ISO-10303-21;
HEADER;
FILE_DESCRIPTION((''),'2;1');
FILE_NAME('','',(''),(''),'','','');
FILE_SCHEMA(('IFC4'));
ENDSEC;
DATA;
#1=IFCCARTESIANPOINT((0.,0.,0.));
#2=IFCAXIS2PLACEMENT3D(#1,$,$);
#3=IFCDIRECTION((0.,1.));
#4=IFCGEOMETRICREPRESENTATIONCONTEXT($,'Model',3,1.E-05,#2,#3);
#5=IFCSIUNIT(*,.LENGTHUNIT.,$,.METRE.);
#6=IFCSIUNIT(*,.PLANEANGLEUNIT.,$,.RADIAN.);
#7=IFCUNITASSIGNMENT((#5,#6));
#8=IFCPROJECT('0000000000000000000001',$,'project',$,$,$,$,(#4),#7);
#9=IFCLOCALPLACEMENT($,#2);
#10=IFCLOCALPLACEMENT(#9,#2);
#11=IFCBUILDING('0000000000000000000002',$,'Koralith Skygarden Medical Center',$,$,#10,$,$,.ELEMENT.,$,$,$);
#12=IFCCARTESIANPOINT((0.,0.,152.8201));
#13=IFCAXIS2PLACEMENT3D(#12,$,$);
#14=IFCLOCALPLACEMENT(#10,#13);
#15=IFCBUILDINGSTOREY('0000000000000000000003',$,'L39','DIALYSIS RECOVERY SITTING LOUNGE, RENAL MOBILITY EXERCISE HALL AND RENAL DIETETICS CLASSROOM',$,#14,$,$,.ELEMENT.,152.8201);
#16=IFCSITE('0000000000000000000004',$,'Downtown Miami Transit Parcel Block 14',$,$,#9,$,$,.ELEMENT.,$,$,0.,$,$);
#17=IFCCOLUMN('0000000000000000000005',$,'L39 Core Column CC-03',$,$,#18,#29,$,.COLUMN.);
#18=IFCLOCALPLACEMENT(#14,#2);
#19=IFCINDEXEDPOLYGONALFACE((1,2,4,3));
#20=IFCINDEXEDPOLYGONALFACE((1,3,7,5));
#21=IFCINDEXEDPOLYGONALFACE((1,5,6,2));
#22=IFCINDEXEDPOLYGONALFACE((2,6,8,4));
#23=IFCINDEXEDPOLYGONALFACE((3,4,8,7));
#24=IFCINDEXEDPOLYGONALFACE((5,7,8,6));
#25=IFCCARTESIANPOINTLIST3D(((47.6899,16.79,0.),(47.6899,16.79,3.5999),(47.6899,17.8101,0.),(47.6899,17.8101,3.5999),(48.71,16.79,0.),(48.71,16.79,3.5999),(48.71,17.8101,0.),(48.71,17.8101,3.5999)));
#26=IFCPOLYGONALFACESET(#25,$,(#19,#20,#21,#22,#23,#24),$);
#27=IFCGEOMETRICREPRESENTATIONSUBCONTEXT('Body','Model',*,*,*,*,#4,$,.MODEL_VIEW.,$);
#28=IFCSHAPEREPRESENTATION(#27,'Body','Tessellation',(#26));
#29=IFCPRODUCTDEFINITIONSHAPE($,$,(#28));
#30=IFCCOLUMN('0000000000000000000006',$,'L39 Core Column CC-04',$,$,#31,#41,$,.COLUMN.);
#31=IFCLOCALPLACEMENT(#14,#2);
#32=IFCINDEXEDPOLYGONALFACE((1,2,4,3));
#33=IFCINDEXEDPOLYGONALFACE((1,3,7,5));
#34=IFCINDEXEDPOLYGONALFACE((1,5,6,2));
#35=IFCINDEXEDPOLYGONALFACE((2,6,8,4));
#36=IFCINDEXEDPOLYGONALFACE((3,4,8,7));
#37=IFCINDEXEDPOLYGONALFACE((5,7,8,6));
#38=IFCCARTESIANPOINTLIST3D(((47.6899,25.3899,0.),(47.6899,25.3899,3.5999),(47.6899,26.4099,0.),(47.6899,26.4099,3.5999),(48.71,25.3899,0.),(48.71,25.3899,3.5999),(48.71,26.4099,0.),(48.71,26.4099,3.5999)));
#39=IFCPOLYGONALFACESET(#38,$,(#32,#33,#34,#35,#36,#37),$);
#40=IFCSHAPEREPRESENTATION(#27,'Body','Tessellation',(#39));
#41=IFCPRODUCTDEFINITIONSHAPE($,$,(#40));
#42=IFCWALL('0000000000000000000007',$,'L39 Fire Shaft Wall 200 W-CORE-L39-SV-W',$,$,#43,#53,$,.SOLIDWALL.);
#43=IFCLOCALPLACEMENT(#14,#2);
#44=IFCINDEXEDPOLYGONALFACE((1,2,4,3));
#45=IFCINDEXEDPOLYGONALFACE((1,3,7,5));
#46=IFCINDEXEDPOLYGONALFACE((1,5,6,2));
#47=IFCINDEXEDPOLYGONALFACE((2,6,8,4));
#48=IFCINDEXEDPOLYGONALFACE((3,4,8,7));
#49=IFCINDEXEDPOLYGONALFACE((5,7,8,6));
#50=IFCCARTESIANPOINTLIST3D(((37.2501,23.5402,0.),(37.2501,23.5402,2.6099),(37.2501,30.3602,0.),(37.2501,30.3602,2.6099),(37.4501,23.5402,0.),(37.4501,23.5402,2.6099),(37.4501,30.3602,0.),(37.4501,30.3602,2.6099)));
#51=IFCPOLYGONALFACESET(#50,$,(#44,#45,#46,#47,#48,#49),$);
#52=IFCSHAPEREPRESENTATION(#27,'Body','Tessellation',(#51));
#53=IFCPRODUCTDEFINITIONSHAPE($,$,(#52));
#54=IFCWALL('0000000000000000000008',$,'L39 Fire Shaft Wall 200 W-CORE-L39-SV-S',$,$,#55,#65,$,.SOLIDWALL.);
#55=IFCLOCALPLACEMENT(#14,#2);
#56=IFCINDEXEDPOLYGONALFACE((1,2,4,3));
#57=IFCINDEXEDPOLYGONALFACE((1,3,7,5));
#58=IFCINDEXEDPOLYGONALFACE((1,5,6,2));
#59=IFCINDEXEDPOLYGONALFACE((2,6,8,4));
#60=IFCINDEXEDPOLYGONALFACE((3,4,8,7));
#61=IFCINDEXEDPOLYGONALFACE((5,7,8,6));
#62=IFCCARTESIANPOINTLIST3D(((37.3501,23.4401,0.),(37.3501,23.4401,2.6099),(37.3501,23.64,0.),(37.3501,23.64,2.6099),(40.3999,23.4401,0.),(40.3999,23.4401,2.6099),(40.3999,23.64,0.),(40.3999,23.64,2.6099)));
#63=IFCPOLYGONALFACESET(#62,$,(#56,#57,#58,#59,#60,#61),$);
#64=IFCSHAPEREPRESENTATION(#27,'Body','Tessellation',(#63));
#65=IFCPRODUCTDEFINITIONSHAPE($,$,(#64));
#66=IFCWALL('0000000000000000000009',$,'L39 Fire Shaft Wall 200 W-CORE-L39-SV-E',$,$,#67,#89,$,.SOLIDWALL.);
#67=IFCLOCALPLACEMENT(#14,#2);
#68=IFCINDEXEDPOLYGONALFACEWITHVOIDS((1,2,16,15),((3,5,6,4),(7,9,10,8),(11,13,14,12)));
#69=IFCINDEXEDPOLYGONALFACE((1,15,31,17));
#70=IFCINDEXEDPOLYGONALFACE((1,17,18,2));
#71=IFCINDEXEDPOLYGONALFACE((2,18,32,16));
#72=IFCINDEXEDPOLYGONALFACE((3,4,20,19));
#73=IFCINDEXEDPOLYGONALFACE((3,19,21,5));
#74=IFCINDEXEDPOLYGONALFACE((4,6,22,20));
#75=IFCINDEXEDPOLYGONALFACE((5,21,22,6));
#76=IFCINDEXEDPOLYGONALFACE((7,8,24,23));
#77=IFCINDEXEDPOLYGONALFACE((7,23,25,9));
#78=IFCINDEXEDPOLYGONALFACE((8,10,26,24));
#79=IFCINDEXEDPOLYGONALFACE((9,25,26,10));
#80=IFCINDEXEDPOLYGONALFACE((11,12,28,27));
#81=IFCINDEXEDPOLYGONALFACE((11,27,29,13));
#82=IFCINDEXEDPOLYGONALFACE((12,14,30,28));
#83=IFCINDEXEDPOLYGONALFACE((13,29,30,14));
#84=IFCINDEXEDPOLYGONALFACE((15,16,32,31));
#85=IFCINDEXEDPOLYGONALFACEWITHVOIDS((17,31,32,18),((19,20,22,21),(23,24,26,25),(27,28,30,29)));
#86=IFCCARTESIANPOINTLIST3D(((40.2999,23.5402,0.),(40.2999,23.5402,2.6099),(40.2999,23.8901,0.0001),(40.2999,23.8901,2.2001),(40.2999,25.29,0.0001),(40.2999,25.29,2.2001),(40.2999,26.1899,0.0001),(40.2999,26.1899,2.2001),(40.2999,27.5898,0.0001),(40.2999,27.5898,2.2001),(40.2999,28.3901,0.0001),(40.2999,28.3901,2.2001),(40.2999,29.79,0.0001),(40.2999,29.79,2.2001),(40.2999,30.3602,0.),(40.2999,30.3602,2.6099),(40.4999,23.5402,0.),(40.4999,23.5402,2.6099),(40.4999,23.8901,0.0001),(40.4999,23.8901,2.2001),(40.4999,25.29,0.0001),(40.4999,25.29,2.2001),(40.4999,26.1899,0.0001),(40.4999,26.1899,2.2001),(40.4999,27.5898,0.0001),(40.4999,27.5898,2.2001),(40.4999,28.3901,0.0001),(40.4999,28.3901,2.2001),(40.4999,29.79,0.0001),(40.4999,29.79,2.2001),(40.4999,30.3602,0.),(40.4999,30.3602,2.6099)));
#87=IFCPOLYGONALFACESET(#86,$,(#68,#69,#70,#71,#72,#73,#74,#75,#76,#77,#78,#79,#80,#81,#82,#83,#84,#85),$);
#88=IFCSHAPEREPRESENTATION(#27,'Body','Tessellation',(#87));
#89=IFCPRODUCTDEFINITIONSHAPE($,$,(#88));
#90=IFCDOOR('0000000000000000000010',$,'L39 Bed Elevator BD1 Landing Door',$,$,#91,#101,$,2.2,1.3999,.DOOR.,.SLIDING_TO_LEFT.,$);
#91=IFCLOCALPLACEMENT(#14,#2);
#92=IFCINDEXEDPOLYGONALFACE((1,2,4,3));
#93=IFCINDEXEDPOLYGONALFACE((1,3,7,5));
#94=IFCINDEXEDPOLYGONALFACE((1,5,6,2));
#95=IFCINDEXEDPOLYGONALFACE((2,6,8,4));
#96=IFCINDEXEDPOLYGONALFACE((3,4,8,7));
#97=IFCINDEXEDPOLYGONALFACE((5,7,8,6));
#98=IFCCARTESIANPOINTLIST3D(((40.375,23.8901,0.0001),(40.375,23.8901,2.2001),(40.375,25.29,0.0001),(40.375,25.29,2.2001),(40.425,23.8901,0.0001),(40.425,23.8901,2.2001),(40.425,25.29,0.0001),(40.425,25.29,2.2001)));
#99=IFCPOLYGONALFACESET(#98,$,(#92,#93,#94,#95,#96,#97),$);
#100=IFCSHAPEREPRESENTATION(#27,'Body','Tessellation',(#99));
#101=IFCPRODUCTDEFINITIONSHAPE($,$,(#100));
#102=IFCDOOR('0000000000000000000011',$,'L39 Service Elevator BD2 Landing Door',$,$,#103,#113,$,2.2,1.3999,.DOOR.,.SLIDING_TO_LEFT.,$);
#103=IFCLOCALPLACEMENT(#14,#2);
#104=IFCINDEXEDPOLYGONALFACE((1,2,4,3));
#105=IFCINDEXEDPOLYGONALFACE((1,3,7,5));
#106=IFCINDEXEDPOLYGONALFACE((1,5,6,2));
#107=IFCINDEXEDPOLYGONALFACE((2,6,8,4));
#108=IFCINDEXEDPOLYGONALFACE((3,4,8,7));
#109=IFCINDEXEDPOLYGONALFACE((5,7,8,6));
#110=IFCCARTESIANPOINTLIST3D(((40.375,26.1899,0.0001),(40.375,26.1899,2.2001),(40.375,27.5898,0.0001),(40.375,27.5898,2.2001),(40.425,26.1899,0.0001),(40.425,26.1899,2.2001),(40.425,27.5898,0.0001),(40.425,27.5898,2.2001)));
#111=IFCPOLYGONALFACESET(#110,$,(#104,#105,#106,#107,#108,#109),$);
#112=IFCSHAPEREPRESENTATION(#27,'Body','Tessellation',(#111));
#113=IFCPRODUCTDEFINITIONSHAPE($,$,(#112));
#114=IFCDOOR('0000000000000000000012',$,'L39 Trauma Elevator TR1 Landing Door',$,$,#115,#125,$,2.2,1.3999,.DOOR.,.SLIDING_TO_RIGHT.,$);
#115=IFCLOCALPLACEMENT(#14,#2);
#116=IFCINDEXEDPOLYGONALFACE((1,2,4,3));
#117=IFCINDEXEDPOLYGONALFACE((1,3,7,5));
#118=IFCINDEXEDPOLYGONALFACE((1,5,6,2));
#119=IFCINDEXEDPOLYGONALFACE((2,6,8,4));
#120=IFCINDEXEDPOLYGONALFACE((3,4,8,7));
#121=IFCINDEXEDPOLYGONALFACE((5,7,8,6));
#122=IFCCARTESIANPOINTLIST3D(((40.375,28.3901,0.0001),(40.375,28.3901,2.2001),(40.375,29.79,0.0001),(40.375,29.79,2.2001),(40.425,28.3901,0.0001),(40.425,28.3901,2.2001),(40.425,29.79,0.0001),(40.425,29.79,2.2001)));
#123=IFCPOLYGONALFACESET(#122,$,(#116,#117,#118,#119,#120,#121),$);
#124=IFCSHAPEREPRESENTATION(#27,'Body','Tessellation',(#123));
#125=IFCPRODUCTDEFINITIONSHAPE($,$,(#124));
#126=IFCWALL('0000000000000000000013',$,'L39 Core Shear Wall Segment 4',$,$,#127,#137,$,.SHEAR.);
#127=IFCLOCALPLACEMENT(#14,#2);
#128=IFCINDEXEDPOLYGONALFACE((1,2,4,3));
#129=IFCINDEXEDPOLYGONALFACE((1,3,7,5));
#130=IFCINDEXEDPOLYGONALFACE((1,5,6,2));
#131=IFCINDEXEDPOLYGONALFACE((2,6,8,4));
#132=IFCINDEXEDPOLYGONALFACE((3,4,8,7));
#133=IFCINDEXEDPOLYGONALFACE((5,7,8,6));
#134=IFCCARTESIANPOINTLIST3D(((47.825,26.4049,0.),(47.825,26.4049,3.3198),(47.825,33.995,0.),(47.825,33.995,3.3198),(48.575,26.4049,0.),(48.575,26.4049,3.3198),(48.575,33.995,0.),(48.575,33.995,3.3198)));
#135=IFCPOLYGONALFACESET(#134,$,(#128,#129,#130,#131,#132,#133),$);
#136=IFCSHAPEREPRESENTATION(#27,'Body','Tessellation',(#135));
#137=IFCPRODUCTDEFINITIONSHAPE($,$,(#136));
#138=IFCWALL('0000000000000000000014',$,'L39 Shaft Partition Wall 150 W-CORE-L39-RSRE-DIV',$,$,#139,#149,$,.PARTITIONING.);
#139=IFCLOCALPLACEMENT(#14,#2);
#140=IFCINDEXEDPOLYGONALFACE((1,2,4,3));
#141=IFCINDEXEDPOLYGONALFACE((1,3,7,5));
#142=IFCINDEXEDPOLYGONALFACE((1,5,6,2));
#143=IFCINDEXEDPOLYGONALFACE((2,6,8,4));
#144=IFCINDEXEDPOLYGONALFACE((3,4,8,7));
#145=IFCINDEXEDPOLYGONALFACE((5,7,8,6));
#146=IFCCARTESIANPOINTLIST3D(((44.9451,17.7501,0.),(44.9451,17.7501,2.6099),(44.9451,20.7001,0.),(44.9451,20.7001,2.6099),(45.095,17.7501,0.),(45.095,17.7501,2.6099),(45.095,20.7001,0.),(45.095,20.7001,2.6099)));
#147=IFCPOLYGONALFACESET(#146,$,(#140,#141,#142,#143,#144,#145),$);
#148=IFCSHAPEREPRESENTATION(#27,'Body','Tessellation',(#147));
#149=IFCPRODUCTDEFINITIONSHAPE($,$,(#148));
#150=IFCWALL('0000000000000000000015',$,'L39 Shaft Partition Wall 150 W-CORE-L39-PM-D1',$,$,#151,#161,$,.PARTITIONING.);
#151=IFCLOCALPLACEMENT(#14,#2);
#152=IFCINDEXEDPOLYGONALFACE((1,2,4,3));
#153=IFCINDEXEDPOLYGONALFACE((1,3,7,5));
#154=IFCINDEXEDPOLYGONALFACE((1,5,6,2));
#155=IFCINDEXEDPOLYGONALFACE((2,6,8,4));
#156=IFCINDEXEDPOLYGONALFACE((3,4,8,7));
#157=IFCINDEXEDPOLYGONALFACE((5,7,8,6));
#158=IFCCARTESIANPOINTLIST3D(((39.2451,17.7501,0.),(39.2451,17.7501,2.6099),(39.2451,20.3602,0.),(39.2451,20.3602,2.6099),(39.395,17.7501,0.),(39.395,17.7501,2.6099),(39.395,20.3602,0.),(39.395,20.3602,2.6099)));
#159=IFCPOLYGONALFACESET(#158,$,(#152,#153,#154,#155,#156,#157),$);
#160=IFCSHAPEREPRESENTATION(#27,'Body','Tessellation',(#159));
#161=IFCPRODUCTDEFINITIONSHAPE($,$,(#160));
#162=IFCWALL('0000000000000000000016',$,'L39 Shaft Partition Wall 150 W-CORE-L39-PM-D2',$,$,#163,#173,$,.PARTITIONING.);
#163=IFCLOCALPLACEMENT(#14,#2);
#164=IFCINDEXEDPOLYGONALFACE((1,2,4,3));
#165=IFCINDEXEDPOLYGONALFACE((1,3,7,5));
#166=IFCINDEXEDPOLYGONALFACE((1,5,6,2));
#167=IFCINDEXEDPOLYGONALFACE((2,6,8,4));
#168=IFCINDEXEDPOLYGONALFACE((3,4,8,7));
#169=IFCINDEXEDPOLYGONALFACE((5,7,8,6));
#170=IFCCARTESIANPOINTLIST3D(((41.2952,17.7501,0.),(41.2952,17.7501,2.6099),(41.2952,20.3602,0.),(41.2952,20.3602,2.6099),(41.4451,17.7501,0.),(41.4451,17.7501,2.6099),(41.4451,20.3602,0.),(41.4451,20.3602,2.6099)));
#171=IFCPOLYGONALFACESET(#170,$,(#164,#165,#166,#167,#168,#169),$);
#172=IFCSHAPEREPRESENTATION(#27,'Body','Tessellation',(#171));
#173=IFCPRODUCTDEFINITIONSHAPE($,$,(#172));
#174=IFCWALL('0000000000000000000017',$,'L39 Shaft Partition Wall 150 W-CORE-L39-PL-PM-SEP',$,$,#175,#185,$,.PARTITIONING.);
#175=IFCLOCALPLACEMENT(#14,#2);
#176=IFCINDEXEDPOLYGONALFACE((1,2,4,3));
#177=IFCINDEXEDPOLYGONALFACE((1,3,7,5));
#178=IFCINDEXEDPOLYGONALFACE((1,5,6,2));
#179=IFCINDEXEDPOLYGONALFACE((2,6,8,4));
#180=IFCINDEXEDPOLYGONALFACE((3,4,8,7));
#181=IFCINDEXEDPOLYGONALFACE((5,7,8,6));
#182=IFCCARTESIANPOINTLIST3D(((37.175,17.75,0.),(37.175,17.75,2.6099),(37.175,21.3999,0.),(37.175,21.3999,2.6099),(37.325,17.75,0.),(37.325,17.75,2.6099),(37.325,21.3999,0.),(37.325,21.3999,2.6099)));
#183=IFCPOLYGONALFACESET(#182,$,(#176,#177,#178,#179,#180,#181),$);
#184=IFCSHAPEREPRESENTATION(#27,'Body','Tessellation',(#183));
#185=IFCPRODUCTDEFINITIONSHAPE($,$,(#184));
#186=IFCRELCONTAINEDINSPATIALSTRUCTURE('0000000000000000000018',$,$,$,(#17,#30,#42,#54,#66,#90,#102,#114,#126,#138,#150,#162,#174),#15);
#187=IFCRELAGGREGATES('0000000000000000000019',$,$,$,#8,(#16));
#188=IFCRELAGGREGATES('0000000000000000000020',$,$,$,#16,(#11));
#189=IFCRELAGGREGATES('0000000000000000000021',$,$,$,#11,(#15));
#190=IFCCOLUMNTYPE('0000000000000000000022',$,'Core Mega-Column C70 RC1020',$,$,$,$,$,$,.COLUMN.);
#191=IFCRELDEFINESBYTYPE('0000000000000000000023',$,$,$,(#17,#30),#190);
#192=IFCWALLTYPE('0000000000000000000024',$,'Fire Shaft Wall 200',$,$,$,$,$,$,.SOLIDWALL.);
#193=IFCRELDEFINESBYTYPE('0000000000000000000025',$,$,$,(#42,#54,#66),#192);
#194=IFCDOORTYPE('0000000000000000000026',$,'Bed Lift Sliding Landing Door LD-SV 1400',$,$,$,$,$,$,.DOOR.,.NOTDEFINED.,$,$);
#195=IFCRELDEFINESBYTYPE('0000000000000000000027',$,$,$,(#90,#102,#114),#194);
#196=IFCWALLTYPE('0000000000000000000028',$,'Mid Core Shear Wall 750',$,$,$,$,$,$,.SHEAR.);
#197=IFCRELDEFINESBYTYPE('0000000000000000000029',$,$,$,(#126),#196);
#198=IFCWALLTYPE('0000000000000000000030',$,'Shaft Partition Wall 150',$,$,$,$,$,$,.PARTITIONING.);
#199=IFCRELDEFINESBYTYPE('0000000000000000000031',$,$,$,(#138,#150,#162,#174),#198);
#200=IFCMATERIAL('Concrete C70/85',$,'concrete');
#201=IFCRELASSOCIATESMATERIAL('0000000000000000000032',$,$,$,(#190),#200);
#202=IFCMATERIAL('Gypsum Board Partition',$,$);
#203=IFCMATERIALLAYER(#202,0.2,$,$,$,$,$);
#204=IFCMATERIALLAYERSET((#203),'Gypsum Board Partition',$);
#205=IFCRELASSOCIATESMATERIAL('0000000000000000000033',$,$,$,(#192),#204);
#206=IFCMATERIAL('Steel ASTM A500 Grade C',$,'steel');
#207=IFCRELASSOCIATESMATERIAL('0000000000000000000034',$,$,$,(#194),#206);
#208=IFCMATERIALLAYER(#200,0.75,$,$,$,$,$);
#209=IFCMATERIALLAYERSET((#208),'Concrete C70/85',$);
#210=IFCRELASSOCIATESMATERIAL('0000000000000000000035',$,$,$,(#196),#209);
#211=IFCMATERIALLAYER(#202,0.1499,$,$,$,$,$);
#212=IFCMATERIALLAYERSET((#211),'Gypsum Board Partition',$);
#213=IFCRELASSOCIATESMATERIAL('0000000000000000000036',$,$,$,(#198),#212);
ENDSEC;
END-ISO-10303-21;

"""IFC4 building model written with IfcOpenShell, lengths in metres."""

from ifc_helpers import new_model, si_unit, direction, frame, frame_2d, origin, origin_2d, place, context, subcontext, project, spatial, rectangle, extrude, material, layer, layer_set, material_profile, profile_set, type_object, element, fill, save


model = new_model("IFC4")

# Units and contexts
model_context = context("Model", 3, precision=1e-05, world=origin(), true_north=direction((0.0, 1.0)))
body_context = subcontext(model_context, "Body", "Model", "MODEL_VIEW")
ifc_project = project(units=[si_unit("LENGTHUNIT", "METRE"), si_unit("PLANEANGLEUNIT", "RADIAN")], contexts=[model_context])

# Site, building, storey
site_placement = place(None, origin())
site = spatial("IfcSite", under=ifc_project, at=site_placement, Name="Downtown Miami Transit Parcel Block 14", CompositionType="ELEMENT", RefElevation=0.0)
building_placement = place(site_placement, origin())
building = spatial("IfcBuilding", under=site, at=building_placement, Name="Koralith Skygarden Medical Center", CompositionType="ELEMENT")
storey_placement = place(building_placement, frame((0.0, 0.0, 152.8201)))
storey = spatial("IfcBuildingStorey", under=building, at=storey_placement, Name="L39", Description="DIALYSIS RECOVERY SITTING LOUNGE, RENAL MOBILITY EXERCISE HALL AND RENAL DIETETICS CLASSROOM", CompositionType="ELEMENT", Elevation=152.8201)

# Columns
ifc_material_1 = material(Name="Concrete C70/85", Category="concrete")
ifc_material_profile = material_profile(ifc_material_1, rectangle(XDim=1.02, YDim=1.02, at=origin_2d()), Name="RC1020X1020")
ifc_profile_set = profile_set([ifc_material_profile], Name="Concrete C70/85")
column_type = type_object("IfcColumnType", Name="Core Mega-Column C70 RC1020", PredefinedType="COLUMN", material=ifc_profile_set)
for number, where, z_axis, x_axis, name in (
    (1, (48.2, 17.3, 0.0), (0.0, 0.0, 1.0), (1.0, 0.0, 0.0), "L39 Core Column CC-03"),
    (2, (48.2, 25.8999, 0.0), (0.0, 0.0, 1.0), (1.0, 0.0, 0.0), "L39 Core Column CC-04"),
):
    element("IfcColumn", number, at=place(storey_placement, frame(where, z_axis=z_axis, x_axis=x_axis)), inside=storey, type_object=column_type, Name=name, PredefinedType="COLUMN", context=body_context, shape_type="SweptSolid", body=[
        extrude(rectangle(XDim=1.02, YDim=1.02, at=origin_2d()), origin(), (0.0, 0.0, 1.0), 3.5999),
    ])

# Shared definitions
ifc_material_2 = material(Name="Gypsum Board Partition")
ifc_layer_1 = layer(ifc_material_2, 0.2)
ifc_layer_set_1 = layer_set([ifc_layer_1], Name="Gypsum Board Partition")
wall_type_1 = type_object("IfcWallType", Name="Fire Shaft Wall 200", PredefinedType="SOLIDWALL", material=ifc_layer_set_1)
ifc_material_3 = material(Name="Steel ASTM A500 Grade C", Category="steel")

# Walls
wall_1_placement = place(storey_placement, frame((37.3501, 23.54, 0.0), z_axis=(0.0, 0.0, 1.0), x_axis=(0.0, 1.0, 0.0)))
element("IfcWall", 3, at=wall_1_placement, inside=storey, type_object=wall_type_1, Name="L39 Fire Shaft Wall 200 W-CORE-L39-SV-W", PredefinedType="SOLIDWALL", context=body_context, shape_type="SweptSolid", body=[
    extrude(rectangle(XDim=6.8201, YDim=0.2, at=frame_2d((3.4102, 0.0))), origin(), (0.0, 0.0, 1.0), 2.6099),
])
wall_2_placement = place(storey_placement, frame((37.3501, 23.54, 0.0), z_axis=(0.0, 0.0, 1.0), x_axis=(1.0, 0.0, 0.0)))
element("IfcWall", 4, at=wall_2_placement, inside=storey, type_object=wall_type_1, Name="L39 Fire Shaft Wall 200 W-CORE-L39-SV-S", PredefinedType="SOLIDWALL", context=body_context, shape_type="SweptSolid", body=[
    extrude(rectangle(XDim=3.0498, YDim=0.2, at=frame_2d((1.5249, 0.0))), origin(), (0.0, 0.0, 1.0), 2.6099),
])

# Wall, openings, doors
wall_3_placement = place(storey_placement, frame((40.3999, 23.54, 0.0), z_axis=(0.0, 0.0, 1.0), x_axis=(0.0, 1.0, 0.0)))
wall_3 = element("IfcWall", 5, at=wall_3_placement, inside=storey, type_object=wall_type_1, Name="L39 Fire Shaft Wall 200 W-CORE-L39-SV-E", PredefinedType="SOLIDWALL", context=body_context, shape_type="SweptSolid", body=[
    extrude(rectangle(XDim=6.8201, YDim=0.2, at=frame_2d((3.4102, 0.0))), origin(), (0.0, 0.0, 1.0), 2.6099),
])
opening_1_placement = place(wall_3_placement, frame((0.3501, 0.0, 0.0)))
opening_1 = element("IfcOpeningElement", 6, at=opening_1_placement, cuts=wall_3, PredefinedType="OPENING", context=body_context, shape_type="SweptSolid", body=[
    extrude(rectangle(XDim=1.3999, YDim=2.2, at=frame_2d((0.7, 1.1001))), frame((0.0, 0.1099, 0.0), z_axis=(0.0, -1.0, 0.0), x_axis=(1.0, 0.0, 0.0)), (0.0, 0.0, 1.0), 0.22),
])
opening_2_placement = place(wall_3_placement, frame((2.6499, 0.0, 0.0)))
opening_2 = element("IfcOpeningElement", 7, at=opening_2_placement, cuts=wall_3, PredefinedType="OPENING", context=body_context, shape_type="SweptSolid", body=[
    extrude(rectangle(XDim=1.3999, YDim=2.2, at=frame_2d((0.7, 1.1001))), frame((0.0, 0.1099, 0.0), z_axis=(0.0, -1.0, 0.0), x_axis=(1.0, 0.0, 0.0)), (0.0, 0.0, 1.0), 0.22),
])
opening_3_placement = place(wall_3_placement, frame((4.8501, 0.0, 0.0)))
opening_3 = element("IfcOpeningElement", 8, at=opening_3_placement, cuts=wall_3, PredefinedType="OPENING", context=body_context, shape_type="SweptSolid", body=[
    extrude(rectangle(XDim=1.3999, YDim=2.2, at=frame_2d((0.7, 1.1001))), frame((0.0, 0.1099, 0.0), z_axis=(0.0, -1.0, 0.0), x_axis=(1.0, 0.0, 0.0)), (0.0, 0.0, 1.0), 0.22),
])
door_type_1 = type_object("IfcDoorType", Name="Bed Lift Sliding Landing Door LD-SV 1400", OperationType="NOTDEFINED", PredefinedType="DOOR", material=ifc_material_3)
door_1_placement = place(opening_1_placement, origin())
door_1 = element("IfcDoor", 9, at=door_1_placement, inside=storey, type_object=door_type_1, Name="L39 Bed Elevator BD1 Landing Door", OperationType="SLIDING_TO_LEFT", OverallHeight=2.2, OverallWidth=1.3999, PredefinedType="DOOR", context=body_context, shape_type="SweptSolid", body=[
    extrude(rectangle(XDim=1.3999, YDim=2.2, at=frame_2d((0.7, 1.1001))), frame((0.0, 0.0249, 0.0), z_axis=(0.0, -1.0, 0.0), x_axis=(1.0, 0.0, 0.0)), (0.0, 0.0, 1.0), 0.05),
])
fill(opening_1, door_1)
door_2_placement = place(opening_2_placement, origin())
door_2 = element("IfcDoor", 10, at=door_2_placement, inside=storey, type_object=door_type_1, Name="L39 Service Elevator BD2 Landing Door", OperationType="SLIDING_TO_LEFT", OverallHeight=2.2, OverallWidth=1.3999, PredefinedType="DOOR", context=body_context, shape_type="SweptSolid", body=[
    extrude(rectangle(XDim=1.3999, YDim=2.2, at=frame_2d((0.7, 1.1001))), frame((0.0, 0.0249, 0.0), z_axis=(0.0, -1.0, 0.0), x_axis=(1.0, 0.0, 0.0)), (0.0, 0.0, 1.0), 0.05),
])
fill(opening_2, door_2)
door_3_placement = place(opening_3_placement, origin())
door_3 = element("IfcDoor", 11, at=door_3_placement, inside=storey, type_object=door_type_1, Name="L39 Trauma Elevator TR1 Landing Door", OperationType="SLIDING_TO_RIGHT", OverallHeight=2.2, OverallWidth=1.3999, PredefinedType="DOOR", context=body_context, shape_type="SweptSolid", body=[
    extrude(rectangle(XDim=1.3999, YDim=2.2, at=frame_2d((0.7, 1.1001))), frame((0.0, 0.0249, 0.0), z_axis=(0.0, -1.0, 0.0), x_axis=(1.0, 0.0, 0.0)), (0.0, 0.0, 1.0), 0.05),
])
fill(opening_3, door_3)

# Shared definitions
ifc_layer_2 = layer(ifc_material_1, 0.75)
ifc_layer_set_2 = layer_set([ifc_layer_2], Name="Concrete C70/85")
wall_type_2 = type_object("IfcWallType", Name="Mid Core Shear Wall 750", PredefinedType="SHEAR", material=ifc_layer_set_2)

# Walls
wall_4_placement = place(storey_placement, frame((48.2, 26.405, 0.0), z_axis=(0.0, 0.0, 1.0), x_axis=(0.0, 1.0, 0.0)))
element("IfcWall", 12, at=wall_4_placement, inside=storey, type_object=wall_type_2, Name="L39 Core Shear Wall Segment 4", PredefinedType="SHEAR", context=body_context, shape_type="SweptSolid", body=[
    extrude(rectangle(XDim=7.5901, YDim=0.75, at=frame_2d((3.7949, 0.0))), origin(), (0.0, 0.0, 1.0), 3.3198),
])
ifc_layer_3 = layer(ifc_material_2, 0.1499)
ifc_layer_set_3 = layer_set([ifc_layer_3], Name="Gypsum Board Partition")
wall_type_3 = type_object("IfcWallType", Name="Shaft Partition Wall 150", PredefinedType="PARTITIONING", material=ifc_layer_set_3)
wall_5_placement = place(storey_placement, frame((45.02, 17.75, 0.0), z_axis=(0.0, 0.0, 1.0), x_axis=(0.0, 1.0, 0.0)))
element("IfcWall", 13, at=wall_5_placement, inside=storey, type_object=wall_type_3, Name="L39 Shaft Partition Wall 150 W-CORE-L39-RSRE-DIV", PredefinedType="PARTITIONING", context=body_context, shape_type="SweptSolid", body=[
    extrude(rectangle(XDim=2.95, YDim=0.1499, at=frame_2d((1.4751, 0.0))), origin(), (0.0, 0.0, 1.0), 2.6099),
])
for number, where, z_axis, x_axis, name in (
    (14, (39.3201, 17.75, 0.0), (0.0, 0.0, 1.0), (0.0, 1.0, 0.0), "L39 Shaft Partition Wall 150 W-CORE-L39-PM-D1"),
    (15, (41.3701, 17.75, 0.0), (0.0, 0.0, 1.0), (0.0, 1.0, 0.0), "L39 Shaft Partition Wall 150 W-CORE-L39-PM-D2"),
):
    element("IfcWall", number, at=place(storey_placement, frame(where, z_axis=z_axis, x_axis=x_axis)), inside=storey, type_object=wall_type_3, Name=name, PredefinedType="PARTITIONING", context=body_context, shape_type="SweptSolid", body=[
        extrude(rectangle(XDim=2.6101, YDim=0.1499, at=frame_2d((1.3052, 0.0))), origin(), (0.0, 0.0, 1.0), 2.6099),
    ])
wall_6_placement = place(storey_placement, frame((37.25, 17.75, 0.0), z_axis=(0.0, 0.0, 1.0), x_axis=(0.0, 1.0, 0.0)))
element("IfcWall", 16, at=wall_6_placement, inside=storey, type_object=wall_type_3, Name="L39 Shaft Partition Wall 150 W-CORE-L39-PL-PM-SEP", PredefinedType="PARTITIONING", context=body_context, shape_type="SweptSolid", body=[
    extrude(rectangle(XDim=3.6499, YDim=0.1499, at=frame_2d((1.825, 0.0))), origin(), (0.0, 0.0, 1.0), 2.6099),
])

save(model, "model.ifc")
